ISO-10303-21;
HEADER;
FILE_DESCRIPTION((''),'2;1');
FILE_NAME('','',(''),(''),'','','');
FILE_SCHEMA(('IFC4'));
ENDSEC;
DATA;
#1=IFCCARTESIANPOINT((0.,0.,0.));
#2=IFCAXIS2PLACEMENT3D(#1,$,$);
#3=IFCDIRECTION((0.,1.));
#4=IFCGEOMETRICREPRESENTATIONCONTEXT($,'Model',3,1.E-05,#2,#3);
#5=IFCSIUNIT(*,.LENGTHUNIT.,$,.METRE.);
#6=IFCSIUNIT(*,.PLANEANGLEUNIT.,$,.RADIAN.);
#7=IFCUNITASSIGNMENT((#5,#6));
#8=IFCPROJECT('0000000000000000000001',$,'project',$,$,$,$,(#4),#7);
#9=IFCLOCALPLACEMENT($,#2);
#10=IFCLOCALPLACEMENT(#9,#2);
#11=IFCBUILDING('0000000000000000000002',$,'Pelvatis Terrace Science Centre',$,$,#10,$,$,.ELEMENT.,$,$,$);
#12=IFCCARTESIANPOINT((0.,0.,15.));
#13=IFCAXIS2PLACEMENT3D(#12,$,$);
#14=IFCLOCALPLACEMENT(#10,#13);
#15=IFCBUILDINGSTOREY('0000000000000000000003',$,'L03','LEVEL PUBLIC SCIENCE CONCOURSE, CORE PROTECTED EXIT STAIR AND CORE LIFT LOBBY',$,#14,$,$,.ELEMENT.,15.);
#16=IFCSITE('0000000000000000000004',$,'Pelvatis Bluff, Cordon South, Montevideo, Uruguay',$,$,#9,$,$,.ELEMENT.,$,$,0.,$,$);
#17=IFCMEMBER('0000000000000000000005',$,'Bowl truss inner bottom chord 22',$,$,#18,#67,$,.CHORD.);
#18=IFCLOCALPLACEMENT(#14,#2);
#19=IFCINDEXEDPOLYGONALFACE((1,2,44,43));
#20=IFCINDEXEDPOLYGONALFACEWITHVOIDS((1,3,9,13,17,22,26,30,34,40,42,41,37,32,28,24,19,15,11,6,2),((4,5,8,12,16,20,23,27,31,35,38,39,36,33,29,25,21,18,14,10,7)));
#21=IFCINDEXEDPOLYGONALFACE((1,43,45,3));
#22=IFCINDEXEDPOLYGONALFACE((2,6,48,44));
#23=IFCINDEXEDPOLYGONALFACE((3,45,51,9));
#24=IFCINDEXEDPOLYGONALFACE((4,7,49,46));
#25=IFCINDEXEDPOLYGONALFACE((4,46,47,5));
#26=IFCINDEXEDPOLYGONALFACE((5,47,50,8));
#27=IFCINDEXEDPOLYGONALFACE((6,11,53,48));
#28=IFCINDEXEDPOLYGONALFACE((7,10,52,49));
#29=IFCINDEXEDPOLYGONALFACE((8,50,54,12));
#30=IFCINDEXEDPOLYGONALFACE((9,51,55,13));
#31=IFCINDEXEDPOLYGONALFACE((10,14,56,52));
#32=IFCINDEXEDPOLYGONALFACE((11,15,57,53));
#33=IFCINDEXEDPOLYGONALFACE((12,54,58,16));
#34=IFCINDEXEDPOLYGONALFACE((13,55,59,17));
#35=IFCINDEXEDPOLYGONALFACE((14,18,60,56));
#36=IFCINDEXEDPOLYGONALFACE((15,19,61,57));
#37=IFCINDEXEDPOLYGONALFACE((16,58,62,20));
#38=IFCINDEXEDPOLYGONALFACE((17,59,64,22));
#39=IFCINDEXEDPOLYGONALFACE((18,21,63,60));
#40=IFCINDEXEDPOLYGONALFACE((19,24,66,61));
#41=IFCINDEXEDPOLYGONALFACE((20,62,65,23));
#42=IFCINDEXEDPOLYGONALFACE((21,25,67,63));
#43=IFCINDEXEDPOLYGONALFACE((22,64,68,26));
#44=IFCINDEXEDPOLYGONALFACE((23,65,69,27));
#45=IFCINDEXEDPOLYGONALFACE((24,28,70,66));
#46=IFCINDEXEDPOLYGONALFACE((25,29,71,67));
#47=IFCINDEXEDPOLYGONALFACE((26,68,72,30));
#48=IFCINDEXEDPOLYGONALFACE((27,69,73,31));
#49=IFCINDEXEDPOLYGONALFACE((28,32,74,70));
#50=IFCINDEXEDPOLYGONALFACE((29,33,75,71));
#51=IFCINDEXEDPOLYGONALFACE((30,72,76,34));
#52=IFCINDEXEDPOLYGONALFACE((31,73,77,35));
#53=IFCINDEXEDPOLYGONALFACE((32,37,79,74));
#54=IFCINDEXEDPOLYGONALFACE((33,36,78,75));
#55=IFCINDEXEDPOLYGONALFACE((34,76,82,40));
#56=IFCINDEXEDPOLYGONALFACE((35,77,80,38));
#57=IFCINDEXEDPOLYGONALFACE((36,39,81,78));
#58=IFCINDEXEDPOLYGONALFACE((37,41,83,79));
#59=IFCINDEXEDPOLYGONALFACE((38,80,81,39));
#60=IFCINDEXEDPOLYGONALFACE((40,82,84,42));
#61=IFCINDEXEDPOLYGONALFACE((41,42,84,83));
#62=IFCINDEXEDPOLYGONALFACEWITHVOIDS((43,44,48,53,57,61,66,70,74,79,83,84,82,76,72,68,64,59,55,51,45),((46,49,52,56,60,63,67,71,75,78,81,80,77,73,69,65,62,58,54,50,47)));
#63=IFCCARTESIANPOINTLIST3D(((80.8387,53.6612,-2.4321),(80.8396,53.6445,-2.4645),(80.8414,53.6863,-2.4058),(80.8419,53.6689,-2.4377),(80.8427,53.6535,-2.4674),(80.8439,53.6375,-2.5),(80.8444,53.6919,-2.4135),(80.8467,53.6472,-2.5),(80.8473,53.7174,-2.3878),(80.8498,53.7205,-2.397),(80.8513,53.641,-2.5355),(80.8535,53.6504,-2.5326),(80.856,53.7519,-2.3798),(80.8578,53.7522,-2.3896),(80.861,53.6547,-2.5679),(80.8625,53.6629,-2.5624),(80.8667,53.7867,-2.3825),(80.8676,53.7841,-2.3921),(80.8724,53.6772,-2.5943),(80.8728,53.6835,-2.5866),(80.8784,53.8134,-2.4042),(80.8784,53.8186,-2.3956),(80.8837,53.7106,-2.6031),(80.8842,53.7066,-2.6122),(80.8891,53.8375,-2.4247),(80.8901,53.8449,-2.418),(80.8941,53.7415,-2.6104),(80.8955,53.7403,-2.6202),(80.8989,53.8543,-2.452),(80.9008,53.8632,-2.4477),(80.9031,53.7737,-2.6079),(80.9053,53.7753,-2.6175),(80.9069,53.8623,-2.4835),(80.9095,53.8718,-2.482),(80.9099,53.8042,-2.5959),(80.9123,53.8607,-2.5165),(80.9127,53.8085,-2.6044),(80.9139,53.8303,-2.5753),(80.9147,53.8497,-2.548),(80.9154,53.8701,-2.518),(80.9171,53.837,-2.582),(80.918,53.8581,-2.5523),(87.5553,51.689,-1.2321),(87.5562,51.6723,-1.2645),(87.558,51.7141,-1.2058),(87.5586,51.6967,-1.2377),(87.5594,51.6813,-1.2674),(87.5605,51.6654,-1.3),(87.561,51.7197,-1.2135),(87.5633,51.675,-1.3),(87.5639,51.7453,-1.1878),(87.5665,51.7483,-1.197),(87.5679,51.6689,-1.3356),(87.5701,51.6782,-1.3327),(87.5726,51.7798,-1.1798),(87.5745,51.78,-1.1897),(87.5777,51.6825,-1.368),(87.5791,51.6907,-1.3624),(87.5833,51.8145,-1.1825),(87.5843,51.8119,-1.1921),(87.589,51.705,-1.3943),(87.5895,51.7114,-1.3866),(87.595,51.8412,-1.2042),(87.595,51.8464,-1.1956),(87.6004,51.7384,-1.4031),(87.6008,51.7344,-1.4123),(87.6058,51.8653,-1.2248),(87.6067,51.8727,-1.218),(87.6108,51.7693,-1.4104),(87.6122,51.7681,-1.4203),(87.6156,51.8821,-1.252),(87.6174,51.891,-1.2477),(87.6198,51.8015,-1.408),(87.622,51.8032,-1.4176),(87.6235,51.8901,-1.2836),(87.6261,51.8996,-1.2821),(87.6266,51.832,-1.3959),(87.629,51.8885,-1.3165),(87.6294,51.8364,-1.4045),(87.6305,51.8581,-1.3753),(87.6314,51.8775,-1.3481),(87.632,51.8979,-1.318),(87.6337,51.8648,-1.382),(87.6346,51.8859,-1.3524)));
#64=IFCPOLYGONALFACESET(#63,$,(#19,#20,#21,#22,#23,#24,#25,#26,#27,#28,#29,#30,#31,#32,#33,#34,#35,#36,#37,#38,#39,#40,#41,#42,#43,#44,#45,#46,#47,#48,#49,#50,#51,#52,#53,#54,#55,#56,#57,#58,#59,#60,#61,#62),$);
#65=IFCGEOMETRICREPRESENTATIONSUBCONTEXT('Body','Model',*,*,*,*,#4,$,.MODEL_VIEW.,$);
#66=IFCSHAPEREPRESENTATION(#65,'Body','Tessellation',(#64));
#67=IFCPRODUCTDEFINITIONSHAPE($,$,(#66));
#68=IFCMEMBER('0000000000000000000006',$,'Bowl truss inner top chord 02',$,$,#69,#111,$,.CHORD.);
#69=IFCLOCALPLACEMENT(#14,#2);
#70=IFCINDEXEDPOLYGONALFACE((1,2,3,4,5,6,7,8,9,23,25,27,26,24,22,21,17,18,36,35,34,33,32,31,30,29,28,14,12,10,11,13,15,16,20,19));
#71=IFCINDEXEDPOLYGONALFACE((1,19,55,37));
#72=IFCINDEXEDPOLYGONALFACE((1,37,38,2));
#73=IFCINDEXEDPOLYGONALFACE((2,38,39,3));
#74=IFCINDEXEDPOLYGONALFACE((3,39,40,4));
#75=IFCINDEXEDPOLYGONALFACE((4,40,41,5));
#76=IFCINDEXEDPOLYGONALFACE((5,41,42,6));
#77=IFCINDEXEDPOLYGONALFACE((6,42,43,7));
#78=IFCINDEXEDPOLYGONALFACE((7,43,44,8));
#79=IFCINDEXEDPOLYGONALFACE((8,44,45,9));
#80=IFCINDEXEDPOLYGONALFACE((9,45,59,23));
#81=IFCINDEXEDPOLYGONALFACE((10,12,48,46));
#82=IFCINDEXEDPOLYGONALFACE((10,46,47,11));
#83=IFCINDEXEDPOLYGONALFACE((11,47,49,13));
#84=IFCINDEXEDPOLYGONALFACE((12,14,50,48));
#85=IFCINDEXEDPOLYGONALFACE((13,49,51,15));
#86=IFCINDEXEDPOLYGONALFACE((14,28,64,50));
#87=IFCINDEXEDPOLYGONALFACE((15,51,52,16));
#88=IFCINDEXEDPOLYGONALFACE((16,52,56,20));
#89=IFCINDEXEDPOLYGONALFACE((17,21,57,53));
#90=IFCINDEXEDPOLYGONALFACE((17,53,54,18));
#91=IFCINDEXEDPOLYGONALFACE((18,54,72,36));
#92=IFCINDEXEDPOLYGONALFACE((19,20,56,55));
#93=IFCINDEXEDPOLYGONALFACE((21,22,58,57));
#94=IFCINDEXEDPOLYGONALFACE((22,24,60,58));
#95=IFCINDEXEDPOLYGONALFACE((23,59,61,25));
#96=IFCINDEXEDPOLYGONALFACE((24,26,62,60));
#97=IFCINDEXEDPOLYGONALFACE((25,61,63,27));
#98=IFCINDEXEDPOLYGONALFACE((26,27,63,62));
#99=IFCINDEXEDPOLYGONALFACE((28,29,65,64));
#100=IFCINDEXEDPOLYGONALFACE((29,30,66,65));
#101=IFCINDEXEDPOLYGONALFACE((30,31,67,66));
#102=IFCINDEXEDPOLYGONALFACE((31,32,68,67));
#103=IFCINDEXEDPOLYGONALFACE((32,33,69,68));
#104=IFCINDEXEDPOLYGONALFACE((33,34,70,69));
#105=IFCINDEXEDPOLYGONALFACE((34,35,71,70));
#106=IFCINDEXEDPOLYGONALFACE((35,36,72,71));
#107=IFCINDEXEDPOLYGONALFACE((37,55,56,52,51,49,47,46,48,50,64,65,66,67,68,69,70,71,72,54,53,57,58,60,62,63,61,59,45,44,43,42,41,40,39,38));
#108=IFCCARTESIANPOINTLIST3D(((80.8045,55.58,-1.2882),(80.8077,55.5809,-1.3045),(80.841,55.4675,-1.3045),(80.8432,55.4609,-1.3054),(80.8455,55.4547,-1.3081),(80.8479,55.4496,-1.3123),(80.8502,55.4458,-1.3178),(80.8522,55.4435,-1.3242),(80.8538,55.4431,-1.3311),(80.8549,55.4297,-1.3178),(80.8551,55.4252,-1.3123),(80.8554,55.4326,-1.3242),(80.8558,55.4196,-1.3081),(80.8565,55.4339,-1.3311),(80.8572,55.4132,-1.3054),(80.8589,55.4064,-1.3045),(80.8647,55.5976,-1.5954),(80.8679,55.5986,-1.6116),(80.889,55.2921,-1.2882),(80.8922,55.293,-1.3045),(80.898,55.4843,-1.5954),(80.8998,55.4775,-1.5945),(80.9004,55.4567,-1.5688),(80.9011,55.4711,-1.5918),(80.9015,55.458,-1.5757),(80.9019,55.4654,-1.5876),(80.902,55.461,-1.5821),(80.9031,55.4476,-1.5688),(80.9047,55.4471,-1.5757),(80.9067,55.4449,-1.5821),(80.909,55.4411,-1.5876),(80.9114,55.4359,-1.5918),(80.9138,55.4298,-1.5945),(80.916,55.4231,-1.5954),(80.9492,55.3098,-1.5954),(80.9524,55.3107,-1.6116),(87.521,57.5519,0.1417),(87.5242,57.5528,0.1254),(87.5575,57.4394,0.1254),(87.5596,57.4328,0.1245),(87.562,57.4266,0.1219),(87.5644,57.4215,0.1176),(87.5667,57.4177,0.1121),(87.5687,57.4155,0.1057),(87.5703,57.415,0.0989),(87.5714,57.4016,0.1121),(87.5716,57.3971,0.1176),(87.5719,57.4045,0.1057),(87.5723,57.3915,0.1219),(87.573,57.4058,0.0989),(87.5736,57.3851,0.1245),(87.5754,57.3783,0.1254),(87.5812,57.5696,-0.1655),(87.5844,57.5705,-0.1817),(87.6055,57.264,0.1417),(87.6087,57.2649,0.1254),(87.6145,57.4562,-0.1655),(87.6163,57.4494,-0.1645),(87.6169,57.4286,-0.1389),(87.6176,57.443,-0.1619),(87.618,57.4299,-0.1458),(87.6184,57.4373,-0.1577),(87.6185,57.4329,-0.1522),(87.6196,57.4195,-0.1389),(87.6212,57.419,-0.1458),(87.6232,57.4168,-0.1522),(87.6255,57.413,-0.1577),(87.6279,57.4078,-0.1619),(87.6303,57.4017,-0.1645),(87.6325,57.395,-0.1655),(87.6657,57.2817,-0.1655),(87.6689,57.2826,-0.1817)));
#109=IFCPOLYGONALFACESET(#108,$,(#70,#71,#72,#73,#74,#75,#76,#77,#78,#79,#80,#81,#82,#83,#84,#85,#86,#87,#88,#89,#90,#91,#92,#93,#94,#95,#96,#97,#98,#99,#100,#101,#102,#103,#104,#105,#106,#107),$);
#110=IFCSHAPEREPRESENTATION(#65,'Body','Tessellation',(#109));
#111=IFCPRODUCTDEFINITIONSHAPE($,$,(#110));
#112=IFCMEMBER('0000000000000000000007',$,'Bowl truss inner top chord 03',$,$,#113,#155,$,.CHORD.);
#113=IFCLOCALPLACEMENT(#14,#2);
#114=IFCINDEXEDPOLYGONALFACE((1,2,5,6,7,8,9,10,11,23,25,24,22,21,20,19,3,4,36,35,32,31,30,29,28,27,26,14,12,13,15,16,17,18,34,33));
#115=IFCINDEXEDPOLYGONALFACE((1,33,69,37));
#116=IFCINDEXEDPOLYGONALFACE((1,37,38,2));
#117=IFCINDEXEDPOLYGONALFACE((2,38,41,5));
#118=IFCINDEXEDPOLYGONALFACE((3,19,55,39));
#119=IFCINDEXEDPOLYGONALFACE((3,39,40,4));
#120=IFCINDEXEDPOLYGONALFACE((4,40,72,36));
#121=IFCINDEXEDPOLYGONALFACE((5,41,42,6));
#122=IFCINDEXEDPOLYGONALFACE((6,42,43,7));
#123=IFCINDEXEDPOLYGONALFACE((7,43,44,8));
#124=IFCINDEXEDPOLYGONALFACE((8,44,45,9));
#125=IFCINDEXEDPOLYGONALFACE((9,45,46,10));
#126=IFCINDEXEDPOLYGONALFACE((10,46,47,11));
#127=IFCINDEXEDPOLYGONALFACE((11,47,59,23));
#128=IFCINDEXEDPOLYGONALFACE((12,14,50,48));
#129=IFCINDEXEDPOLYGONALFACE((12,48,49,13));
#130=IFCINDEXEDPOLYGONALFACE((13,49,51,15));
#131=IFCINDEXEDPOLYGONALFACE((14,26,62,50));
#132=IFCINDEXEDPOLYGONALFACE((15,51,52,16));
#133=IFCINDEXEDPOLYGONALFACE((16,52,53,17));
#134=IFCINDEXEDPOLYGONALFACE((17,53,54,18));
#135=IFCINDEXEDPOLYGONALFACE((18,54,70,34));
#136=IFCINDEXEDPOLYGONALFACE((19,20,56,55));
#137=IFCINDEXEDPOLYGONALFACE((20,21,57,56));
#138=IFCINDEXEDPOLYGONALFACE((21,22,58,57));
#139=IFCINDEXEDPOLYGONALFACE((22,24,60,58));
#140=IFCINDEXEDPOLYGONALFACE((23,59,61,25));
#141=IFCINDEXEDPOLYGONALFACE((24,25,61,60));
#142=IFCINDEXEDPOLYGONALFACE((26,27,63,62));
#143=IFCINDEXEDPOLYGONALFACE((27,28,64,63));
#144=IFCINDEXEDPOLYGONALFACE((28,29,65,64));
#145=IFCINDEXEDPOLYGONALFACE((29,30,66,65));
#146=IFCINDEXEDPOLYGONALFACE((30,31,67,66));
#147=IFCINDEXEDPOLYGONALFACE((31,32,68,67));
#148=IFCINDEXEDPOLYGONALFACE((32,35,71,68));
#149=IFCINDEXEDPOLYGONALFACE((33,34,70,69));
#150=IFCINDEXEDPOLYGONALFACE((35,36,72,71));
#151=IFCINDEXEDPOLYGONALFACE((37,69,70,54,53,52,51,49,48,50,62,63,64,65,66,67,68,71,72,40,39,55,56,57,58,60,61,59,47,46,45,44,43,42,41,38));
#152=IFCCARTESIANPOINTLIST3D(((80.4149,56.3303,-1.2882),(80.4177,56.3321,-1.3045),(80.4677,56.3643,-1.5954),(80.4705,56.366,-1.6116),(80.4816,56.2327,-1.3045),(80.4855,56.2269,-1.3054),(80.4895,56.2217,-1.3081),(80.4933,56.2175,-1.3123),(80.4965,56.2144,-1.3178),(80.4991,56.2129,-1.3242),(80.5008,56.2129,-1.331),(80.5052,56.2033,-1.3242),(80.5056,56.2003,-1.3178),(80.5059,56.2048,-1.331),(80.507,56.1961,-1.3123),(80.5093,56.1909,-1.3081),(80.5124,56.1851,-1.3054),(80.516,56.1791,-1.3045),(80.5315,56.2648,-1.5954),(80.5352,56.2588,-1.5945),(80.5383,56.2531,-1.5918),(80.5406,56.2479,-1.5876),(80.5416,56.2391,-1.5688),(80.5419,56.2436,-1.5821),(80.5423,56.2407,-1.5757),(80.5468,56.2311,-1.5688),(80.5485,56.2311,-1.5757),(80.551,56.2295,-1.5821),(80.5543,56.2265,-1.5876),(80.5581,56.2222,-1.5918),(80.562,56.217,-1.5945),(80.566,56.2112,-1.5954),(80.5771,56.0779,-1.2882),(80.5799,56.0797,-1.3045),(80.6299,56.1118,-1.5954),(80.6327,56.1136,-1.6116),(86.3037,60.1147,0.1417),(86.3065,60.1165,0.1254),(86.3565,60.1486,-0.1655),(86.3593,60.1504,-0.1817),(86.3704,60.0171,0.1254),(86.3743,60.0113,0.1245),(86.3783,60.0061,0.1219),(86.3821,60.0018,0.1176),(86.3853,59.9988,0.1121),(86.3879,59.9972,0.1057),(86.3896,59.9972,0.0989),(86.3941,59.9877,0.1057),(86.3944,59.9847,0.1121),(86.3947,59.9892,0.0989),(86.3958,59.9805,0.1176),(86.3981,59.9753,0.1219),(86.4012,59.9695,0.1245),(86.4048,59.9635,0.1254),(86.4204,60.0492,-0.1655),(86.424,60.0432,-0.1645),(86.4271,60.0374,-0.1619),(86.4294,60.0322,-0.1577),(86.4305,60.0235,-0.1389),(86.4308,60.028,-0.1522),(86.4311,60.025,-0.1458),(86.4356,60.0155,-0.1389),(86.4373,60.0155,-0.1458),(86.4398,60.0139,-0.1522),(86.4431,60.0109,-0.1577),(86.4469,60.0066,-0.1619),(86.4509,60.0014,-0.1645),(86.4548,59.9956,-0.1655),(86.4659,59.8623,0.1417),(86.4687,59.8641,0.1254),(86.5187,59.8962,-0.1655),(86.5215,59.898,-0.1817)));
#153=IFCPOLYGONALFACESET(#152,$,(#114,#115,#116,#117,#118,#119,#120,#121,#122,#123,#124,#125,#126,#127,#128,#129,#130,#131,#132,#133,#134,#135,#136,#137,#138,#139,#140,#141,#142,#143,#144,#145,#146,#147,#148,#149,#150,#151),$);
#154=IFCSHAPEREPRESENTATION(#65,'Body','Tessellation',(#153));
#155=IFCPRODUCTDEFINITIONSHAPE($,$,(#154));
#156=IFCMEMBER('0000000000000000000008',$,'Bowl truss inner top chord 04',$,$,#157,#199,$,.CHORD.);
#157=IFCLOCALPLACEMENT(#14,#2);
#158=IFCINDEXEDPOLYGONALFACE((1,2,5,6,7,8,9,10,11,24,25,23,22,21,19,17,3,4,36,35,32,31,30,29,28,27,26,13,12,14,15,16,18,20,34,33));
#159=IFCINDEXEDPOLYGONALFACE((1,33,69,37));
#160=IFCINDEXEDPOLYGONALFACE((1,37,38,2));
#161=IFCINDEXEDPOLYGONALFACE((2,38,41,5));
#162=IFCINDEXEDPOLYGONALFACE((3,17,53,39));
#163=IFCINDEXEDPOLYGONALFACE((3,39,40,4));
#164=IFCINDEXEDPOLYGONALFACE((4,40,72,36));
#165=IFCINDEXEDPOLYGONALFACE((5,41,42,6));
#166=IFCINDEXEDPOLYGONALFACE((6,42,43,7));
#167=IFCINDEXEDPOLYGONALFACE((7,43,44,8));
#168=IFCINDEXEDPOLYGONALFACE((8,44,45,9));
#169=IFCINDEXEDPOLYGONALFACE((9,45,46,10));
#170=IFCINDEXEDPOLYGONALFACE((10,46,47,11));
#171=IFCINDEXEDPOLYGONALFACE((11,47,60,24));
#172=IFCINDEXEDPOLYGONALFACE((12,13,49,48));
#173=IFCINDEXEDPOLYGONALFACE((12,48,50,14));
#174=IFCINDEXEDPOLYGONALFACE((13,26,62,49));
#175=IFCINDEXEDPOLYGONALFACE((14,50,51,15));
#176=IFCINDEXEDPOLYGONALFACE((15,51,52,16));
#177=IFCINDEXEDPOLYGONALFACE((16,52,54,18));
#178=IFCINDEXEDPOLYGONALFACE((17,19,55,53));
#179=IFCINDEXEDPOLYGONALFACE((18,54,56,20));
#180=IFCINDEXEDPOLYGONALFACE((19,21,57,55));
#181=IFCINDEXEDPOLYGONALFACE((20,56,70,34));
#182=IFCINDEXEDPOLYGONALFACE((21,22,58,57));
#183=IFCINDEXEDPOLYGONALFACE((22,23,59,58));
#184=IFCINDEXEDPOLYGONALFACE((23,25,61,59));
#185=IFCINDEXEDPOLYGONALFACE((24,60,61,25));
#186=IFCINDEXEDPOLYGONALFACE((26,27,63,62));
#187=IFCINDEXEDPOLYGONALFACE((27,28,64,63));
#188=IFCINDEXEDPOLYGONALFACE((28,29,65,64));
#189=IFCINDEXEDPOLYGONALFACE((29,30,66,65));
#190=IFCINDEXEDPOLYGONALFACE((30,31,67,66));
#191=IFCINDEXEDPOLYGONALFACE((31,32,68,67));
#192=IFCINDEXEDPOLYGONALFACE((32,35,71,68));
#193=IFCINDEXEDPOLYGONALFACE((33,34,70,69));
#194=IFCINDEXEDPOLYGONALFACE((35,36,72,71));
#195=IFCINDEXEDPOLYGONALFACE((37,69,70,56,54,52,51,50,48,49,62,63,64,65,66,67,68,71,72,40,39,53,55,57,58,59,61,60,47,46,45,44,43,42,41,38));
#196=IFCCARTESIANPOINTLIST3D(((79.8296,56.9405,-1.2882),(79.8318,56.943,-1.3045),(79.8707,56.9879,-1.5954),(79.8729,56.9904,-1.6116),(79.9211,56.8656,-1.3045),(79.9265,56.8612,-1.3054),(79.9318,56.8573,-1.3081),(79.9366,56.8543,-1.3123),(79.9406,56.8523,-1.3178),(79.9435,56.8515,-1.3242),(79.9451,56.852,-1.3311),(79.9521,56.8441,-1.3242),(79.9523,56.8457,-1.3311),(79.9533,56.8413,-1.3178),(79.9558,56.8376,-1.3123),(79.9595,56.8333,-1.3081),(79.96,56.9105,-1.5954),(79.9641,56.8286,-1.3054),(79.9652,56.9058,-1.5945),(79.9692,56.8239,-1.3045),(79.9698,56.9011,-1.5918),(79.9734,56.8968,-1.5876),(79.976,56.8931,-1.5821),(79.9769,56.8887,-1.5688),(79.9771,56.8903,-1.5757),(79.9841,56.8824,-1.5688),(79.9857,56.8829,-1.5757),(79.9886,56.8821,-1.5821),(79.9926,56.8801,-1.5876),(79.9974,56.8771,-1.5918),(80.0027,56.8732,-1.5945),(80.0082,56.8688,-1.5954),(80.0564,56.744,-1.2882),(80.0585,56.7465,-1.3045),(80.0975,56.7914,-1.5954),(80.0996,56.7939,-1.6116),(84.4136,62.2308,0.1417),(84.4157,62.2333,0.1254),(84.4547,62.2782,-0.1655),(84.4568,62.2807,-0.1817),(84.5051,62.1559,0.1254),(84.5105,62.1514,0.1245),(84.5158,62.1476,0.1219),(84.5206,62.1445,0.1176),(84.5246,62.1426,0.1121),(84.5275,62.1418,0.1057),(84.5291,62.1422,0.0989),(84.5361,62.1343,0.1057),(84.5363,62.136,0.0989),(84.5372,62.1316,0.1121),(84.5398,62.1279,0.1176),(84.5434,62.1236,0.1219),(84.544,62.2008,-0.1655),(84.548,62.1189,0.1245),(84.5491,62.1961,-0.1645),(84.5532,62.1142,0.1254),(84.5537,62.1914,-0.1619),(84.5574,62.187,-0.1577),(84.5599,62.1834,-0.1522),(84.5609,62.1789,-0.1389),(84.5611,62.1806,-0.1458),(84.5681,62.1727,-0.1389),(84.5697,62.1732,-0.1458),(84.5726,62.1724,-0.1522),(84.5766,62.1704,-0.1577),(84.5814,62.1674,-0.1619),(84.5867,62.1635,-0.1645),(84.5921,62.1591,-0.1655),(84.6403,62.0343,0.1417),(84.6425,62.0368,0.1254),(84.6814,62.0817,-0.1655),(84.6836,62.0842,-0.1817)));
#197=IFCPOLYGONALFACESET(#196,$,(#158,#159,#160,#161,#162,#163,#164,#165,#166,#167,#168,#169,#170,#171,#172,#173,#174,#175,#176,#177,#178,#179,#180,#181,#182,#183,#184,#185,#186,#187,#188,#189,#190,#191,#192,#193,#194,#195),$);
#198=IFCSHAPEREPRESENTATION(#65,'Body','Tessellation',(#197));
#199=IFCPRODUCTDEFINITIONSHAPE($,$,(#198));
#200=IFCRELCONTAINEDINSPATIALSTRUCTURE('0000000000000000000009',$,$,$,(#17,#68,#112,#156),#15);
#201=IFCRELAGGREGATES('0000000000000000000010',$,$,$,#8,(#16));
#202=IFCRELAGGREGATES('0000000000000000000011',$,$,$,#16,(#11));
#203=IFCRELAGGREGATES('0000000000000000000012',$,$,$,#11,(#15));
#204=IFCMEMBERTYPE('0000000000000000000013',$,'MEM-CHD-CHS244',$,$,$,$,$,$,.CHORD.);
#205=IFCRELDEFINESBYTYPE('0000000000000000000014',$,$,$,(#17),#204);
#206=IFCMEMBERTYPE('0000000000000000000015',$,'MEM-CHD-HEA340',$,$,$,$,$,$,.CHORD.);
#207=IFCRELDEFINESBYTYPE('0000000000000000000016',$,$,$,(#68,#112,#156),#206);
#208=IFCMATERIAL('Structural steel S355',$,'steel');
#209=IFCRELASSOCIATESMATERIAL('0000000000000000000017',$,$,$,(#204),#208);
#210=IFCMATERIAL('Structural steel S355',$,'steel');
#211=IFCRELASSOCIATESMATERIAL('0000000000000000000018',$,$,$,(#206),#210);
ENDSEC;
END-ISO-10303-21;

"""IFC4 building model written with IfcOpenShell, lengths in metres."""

from ifc_helpers import new_model, si_unit, direction, frame, origin, origin_2d, place, context, subcontext, project, spatial, hollow_circle, i_section, extrude, material, material_profile, profile_set, type_object, element, save


model = new_model("IFC4")

# Units and contexts
model_context = context("Model", 3, precision=1e-05, world=origin(), true_north=direction((0.0, 1.0)))
body_context = subcontext(model_context, "Body", "Model", "MODEL_VIEW")
ifc_project = project(units=[si_unit("LENGTHUNIT", "METRE"), si_unit("PLANEANGLEUNIT", "RADIAN")], contexts=[model_context])

# Site, building, storey
site_placement = place(None, origin())
site = spatial("IfcSite", under=ifc_project, at=site_placement, Name="Pelvatis Bluff, Cordon South, Montevideo, Uruguay", CompositionType="ELEMENT", RefElevation=0.0)
building_placement = place(site_placement, origin())
building = spatial("IfcBuilding", under=site, at=building_placement, Name="Pelvatis Terrace Science Centre", CompositionType="ELEMENT")
storey_placement = place(building_placement, frame((0.0, 0.0, 15.0)))
storey = spatial("IfcBuildingStorey", under=building, at=storey_placement, Name="L03", Description="LEVEL PUBLIC SCIENCE CONCOURSE, CORE PROTECTED EXIT STAIR AND CORE LIFT LOBBY", CompositionType="ELEMENT", Elevation=15.0)

# Members
ifc_material_1 = material(Name="Structural steel S355", Category="steel")
ifc_material_profile_1 = material_profile(ifc_material_1, hollow_circle(Radius=0.1223, WallThickness=0.01, at=origin_2d()), Name="CHS 244.5x10.0")
ifc_profile_set_1 = profile_set([ifc_material_profile_1], Name="Structural steel S355")
member_type_1 = type_object("IfcMemberType", Name="MEM-CHD-CHS244", PredefinedType="CHORD", material=ifc_profile_set_1)
for number, where, z_axis, x_axis, name in (
    (1, (87.595, 51.7827, -1.3), (-0.945699, 0.277684, -0.168955), (-0.281734, -0.959493, 0.0), "Bowl truss inner bottom chord 22"),
):
    element("IfcMember", number, at=place(storey_placement, frame(where, z_axis=z_axis, x_axis=x_axis)), inside=storey, type_object=member_type_1, Name=name, PredefinedType="CHORD", context=body_context, shape_type="SweptSolid", body=[
        extrude(hollow_circle(Radius=0.1223, WallThickness=0.01, at=origin_2d()), origin(), (0.0, 0.0, 1.0), 7.1023),
    ])
ifc_material_2 = material(Name="Structural steel S355", Category="steel")
ifc_material_profile_2 = material_profile(ifc_material_2, i_section(OverallWidth=0.3, OverallDepth=0.3301, WebThickness=0.0095, FlangeThickness=0.0166, FilletRadius=0.0271, at=origin_2d()), Name="HEA 340")
ifc_profile_set_2 = profile_set([ifc_material_profile_2], Name="Structural steel S355")
member_type_2 = type_object("IfcMemberType", Name="MEM-CHD-HEA340", PredefinedType="CHORD", material=ifc_profile_set_2)
for number, where, z_axis, x_axis, name in (
    (2, (87.595, 57.4172, -0.02), (-0.940088, -0.276002, -0.200142), (0.281702, -0.959502, 0.0), "Bowl truss inner top chord 02"),
    (3, (86.4126, 60.0063, -0.02), (-0.824242, -0.529687, -0.20014), (0.540625, -0.841263, 0.0), "Bowl truss inner top chord 03"),
    (4, (84.5486, 62.1575, -0.02), (-0.641605, -0.740463, -0.200143), (0.755755, -0.654855, 0.0), "Bowl truss inner top chord 04"),
):
    element("IfcMember", number, at=place(storey_placement, frame(where, z_axis=z_axis, x_axis=x_axis)), inside=storey, type_object=member_type_2, Name=name, PredefinedType="CHORD", context=body_context, shape_type="SweptSolid", body=[
        extrude(i_section(OverallWidth=0.3, OverallDepth=0.3301, WebThickness=0.0095, FlangeThickness=0.0166, FilletRadius=0.0271, at=origin_2d()), origin(), (0.0, 0.0, 1.0), 7.1445),
    ])

save(model, "model.ifc")
